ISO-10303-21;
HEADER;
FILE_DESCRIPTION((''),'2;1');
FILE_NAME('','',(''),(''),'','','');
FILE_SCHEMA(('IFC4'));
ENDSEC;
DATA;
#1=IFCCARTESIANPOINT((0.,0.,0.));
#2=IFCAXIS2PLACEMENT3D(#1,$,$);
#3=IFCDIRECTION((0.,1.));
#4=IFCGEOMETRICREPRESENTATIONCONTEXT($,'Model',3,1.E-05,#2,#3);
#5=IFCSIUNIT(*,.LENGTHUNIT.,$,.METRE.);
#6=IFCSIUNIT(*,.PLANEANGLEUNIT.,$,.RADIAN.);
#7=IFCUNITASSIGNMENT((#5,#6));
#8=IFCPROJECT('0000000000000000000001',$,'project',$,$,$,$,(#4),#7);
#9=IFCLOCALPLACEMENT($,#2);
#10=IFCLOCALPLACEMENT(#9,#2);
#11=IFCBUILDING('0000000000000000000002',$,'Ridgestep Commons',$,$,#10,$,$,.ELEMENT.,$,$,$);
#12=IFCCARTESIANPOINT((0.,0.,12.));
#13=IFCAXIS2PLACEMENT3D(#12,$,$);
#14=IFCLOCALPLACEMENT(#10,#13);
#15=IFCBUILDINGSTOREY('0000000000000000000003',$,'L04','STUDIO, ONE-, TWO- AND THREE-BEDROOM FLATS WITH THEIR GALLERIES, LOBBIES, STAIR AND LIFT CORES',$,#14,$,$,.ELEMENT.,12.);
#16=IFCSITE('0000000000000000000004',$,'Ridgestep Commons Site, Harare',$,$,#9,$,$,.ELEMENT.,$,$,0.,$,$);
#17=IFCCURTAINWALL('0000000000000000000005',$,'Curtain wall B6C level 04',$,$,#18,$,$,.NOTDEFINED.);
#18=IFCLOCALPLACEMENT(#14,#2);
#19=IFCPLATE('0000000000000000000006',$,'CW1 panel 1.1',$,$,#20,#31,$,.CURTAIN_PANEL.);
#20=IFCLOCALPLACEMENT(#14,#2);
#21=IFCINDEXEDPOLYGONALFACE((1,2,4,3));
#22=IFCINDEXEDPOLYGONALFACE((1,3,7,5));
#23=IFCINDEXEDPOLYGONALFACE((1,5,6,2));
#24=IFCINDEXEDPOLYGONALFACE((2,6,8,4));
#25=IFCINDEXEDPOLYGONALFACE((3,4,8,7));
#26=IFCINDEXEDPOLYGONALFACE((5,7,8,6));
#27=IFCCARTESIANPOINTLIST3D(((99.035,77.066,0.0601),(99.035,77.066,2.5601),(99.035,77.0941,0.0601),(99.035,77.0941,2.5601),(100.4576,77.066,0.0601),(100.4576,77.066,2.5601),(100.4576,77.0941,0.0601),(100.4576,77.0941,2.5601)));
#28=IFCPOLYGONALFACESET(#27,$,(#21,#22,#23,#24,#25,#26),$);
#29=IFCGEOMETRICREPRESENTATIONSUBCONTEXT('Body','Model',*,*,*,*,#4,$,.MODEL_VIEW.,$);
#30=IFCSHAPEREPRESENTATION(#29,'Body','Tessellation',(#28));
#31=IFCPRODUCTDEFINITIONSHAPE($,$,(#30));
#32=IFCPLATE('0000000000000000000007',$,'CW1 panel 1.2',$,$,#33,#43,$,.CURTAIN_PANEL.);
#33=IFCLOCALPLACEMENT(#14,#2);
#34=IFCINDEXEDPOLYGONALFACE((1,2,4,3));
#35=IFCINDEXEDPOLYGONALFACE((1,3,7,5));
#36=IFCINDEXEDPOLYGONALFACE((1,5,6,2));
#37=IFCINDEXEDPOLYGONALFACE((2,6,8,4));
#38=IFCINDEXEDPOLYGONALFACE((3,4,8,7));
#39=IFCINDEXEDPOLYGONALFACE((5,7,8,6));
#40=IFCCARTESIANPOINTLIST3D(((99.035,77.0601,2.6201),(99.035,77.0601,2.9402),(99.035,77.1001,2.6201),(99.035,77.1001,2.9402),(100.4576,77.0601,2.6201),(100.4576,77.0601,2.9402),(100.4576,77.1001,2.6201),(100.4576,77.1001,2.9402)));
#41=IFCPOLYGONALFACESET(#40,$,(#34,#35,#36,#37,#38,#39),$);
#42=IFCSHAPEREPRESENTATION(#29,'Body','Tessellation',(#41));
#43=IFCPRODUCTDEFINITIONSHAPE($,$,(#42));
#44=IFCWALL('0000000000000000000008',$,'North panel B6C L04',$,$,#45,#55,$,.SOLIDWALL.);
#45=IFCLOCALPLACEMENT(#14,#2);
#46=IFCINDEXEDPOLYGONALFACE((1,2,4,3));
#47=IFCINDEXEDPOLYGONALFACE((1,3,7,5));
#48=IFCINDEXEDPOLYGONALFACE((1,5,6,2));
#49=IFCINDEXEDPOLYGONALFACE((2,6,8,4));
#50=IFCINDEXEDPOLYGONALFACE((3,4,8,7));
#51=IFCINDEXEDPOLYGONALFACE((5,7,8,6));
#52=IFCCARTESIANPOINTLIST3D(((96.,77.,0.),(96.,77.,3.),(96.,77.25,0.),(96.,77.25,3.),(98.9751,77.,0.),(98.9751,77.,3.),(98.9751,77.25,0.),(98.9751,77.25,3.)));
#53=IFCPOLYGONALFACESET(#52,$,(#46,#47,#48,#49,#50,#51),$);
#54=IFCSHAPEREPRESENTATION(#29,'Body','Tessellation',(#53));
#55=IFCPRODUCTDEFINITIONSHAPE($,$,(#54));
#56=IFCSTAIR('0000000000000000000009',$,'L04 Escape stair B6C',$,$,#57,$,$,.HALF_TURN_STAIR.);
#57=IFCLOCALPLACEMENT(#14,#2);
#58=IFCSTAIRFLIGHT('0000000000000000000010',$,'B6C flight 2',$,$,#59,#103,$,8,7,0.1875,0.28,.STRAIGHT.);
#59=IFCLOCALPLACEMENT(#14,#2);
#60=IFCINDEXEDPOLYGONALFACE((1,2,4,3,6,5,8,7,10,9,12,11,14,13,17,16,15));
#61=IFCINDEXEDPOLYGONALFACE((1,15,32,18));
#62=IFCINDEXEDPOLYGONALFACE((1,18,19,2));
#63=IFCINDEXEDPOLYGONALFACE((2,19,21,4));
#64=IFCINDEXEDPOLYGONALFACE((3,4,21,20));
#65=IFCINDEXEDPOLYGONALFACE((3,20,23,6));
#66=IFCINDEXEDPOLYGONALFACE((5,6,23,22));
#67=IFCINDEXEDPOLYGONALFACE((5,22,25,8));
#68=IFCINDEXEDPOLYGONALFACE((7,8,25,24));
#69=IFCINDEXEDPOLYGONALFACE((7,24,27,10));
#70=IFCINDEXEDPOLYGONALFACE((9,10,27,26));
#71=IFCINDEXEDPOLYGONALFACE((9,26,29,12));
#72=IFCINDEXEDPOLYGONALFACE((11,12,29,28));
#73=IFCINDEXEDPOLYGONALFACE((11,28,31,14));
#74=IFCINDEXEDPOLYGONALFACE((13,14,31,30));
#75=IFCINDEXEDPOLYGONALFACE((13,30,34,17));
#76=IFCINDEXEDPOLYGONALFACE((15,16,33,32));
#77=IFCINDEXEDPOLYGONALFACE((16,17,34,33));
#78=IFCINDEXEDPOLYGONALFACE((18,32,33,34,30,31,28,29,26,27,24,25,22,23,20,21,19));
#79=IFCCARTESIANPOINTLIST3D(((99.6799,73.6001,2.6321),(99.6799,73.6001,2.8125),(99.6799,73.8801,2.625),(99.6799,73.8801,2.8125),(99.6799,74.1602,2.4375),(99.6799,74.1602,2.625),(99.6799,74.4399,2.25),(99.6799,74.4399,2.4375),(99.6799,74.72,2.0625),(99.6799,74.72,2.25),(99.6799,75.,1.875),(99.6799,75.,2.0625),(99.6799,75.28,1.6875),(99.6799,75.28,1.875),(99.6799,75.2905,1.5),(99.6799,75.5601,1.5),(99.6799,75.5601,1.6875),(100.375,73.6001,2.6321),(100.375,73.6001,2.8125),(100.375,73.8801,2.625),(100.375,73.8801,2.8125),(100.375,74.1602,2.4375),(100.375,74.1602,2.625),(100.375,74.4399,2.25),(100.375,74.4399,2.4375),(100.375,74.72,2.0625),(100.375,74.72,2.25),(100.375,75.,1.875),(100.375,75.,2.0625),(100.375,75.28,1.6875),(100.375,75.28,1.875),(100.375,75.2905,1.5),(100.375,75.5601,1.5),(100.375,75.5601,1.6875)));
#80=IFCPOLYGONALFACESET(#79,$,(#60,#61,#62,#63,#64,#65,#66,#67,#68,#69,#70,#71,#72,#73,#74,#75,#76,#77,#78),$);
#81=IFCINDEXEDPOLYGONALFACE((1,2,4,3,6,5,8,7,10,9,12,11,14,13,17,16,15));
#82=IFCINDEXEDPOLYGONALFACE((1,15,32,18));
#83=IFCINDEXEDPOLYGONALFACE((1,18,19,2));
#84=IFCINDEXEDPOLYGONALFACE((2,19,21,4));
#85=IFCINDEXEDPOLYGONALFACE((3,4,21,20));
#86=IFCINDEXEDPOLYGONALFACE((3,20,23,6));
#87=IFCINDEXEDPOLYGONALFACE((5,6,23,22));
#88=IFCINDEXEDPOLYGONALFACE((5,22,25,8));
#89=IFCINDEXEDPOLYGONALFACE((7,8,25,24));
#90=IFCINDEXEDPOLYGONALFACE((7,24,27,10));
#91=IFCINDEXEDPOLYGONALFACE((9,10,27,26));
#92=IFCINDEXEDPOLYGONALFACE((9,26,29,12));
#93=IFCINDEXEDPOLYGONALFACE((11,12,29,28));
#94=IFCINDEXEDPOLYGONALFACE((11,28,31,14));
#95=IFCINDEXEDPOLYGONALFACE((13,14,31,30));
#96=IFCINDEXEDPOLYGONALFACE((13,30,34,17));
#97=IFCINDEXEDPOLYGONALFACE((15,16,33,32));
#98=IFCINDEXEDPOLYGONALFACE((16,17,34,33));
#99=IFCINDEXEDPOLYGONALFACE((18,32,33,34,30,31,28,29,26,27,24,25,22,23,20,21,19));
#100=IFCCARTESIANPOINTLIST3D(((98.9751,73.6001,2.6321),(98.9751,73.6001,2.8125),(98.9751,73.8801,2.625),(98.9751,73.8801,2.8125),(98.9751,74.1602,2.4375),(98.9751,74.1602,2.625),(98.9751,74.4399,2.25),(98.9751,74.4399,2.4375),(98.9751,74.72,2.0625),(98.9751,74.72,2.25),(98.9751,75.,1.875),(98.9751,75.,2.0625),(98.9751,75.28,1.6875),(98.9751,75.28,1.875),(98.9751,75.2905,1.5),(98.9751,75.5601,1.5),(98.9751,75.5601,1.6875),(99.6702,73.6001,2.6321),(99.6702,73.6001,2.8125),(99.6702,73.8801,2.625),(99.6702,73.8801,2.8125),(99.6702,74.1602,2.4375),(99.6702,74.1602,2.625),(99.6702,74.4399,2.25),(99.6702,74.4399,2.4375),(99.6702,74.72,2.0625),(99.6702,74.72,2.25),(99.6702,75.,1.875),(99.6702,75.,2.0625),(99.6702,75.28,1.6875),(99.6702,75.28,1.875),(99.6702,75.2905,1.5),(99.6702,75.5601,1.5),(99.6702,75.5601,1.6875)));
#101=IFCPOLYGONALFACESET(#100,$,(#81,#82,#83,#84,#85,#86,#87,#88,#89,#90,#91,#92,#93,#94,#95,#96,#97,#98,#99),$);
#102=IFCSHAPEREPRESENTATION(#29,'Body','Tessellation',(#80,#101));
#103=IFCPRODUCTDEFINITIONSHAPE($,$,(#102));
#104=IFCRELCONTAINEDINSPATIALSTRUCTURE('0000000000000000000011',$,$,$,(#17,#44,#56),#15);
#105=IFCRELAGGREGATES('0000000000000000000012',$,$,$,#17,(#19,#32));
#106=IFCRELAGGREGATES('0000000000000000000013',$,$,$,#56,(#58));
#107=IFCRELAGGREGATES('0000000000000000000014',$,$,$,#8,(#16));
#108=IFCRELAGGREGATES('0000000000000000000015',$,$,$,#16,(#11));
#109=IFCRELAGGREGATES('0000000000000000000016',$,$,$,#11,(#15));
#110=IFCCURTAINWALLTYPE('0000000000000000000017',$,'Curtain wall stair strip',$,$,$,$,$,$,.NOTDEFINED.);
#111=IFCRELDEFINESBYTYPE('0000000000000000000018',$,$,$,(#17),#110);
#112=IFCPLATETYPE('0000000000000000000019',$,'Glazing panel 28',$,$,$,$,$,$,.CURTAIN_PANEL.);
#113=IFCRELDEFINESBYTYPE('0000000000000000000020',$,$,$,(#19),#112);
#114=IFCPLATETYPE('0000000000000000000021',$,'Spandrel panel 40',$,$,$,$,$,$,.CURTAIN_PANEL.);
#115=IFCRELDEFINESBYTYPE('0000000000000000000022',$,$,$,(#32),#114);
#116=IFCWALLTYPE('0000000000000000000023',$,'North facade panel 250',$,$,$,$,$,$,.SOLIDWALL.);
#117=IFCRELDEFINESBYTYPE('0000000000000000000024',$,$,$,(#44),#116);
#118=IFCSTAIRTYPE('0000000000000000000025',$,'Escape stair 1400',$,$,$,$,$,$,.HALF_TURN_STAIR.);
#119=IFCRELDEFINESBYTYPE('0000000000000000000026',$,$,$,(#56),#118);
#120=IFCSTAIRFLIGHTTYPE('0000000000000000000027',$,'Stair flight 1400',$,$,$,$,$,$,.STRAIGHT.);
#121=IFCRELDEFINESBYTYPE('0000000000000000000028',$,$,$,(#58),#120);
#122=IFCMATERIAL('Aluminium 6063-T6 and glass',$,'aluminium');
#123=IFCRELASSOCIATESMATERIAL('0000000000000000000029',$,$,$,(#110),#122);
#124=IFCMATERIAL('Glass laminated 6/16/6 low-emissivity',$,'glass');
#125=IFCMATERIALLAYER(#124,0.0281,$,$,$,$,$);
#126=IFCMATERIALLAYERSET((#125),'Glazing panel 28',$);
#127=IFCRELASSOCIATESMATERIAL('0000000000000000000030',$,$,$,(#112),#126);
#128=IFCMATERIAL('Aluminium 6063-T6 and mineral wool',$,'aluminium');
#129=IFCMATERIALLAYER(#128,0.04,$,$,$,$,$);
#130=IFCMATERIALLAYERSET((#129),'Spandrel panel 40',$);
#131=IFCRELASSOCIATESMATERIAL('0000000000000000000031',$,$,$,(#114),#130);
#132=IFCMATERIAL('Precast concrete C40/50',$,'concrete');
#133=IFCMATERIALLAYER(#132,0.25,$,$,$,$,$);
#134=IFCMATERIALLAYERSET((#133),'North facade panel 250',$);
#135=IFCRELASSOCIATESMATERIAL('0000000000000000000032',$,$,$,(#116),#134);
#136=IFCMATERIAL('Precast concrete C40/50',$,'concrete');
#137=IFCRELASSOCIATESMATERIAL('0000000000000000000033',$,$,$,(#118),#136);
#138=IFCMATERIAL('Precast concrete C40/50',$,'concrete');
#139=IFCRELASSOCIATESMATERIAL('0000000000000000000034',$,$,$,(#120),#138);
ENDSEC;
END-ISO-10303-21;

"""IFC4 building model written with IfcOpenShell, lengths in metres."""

from ifc_helpers import new_model, si_unit, direction, frame, frame_2d, origin, origin_2d, place, context, subcontext, project, spatial, polyline, rectangle, outline, extrude, material, layer, layer_set, type_object, element, aggregate, save


model = new_model("IFC4")

# Units and contexts
model_context = context("Model", 3, precision=1e-05, world=origin(), true_north=direction((0.0, 1.0)))
body_context = subcontext(model_context, "Body", "Model", "MODEL_VIEW")
ifc_project = project(units=[si_unit("LENGTHUNIT", "METRE"), si_unit("PLANEANGLEUNIT", "RADIAN")], contexts=[model_context])

# Site, building, storey
site_placement = place(None, origin())
site = spatial("IfcSite", under=ifc_project, at=site_placement, Name="Ridgestep Commons Site, Harare", CompositionType="ELEMENT", RefElevation=0.0)
building_placement = place(site_placement, origin())
building = spatial("IfcBuilding", under=site, at=building_placement, Name="Ridgestep Commons", CompositionType="ELEMENT")
storey_placement = place(building_placement, frame((0.0, 0.0, 12.0)))
storey = spatial("IfcBuildingStorey", under=building, at=storey_placement, Name="L04", Description="STUDIO, ONE-, TWO- AND THREE-BEDROOM FLATS WITH THEIR GALLERIES, LOBBIES, STAIR AND LIFT CORES", CompositionType="ELEMENT", Elevation=12.0)

# Curtain wall
ifc_material_1 = material(Name="Aluminium 6063-T6 and glass", Category="aluminium")
curtain_wall_type = type_object("IfcCurtainWallType", Name="Curtain wall stair strip", PredefinedType="NOTDEFINED", material=ifc_material_1)
curtain_wall_placement = place(storey_placement, origin())
curtain_wall = element("IfcCurtainWall", 1, at=curtain_wall_placement, inside=storey, type_object=curtain_wall_type, Name="Curtain wall B6C level 04", PredefinedType="NOTDEFINED")

# Plates
ifc_material_2 = material(Name="Glass laminated 6/16/6 low-emissivity", Category="glass")
ifc_layer_1 = layer(ifc_material_2, 0.0281)
ifc_layer_set_1 = layer_set([ifc_layer_1], Name="Glazing panel 28")
plate_type_1 = type_object("IfcPlateType", Name="Glazing panel 28", PredefinedType="CURTAIN_PANEL", material=ifc_layer_set_1)
plate_1_placement = place(storey_placement, frame((99.7463, 77.0801, 0.0601), z_axis=(0.0, 0.0, 1.0), x_axis=(1.0, 0.0, 0.0)))
plate_1 = element("IfcPlate", 2, at=plate_1_placement, type_object=plate_type_1, Name="CW1 panel 1.1", PredefinedType="CURTAIN_PANEL", context=body_context, shape_type="SweptSolid", body=[
    extrude(rectangle(XDim=1.4226, YDim=0.0281, at=origin_2d()), origin(), (0.0, 0.0, 1.0), 2.5),
])
ifc_material_3 = material(Name="Aluminium 6063-T6 and mineral wool", Category="aluminium")
ifc_layer_2 = layer(ifc_material_3, 0.04)
ifc_layer_set_2 = layer_set([ifc_layer_2], Name="Spandrel panel 40")
plate_type_2 = type_object("IfcPlateType", Name="Spandrel panel 40", PredefinedType="CURTAIN_PANEL", material=ifc_layer_set_2)
plate_2_placement = place(storey_placement, frame((99.7463, 77.0801, 2.6201), z_axis=(0.0, 0.0, 1.0), x_axis=(1.0, 0.0, 0.0)))
plate_2 = element("IfcPlate", 3, at=plate_2_placement, type_object=plate_type_2, Name="CW1 panel 1.2", PredefinedType="CURTAIN_PANEL", context=body_context, shape_type="SweptSolid", body=[
    extrude(rectangle(XDim=1.4226, YDim=0.04, at=origin_2d()), origin(), (0.0, 0.0, 1.0), 0.3201),
])
aggregate(curtain_wall, [plate_1, plate_2])

# Wall
ifc_material_4 = material(Name="Precast concrete C40/50", Category="concrete")
ifc_layer_3 = layer(ifc_material_4, 0.25)
ifc_layer_set_3 = layer_set([ifc_layer_3], Name="North facade panel 250")
wall_type = type_object("IfcWallType", Name="North facade panel 250", PredefinedType="SOLIDWALL", material=ifc_layer_set_3)
wall_placement = place(storey_placement, frame((96.0, 77.125, 0.0), z_axis=(0.0, 0.0, 1.0), x_axis=(1.0, 0.0, 0.0)))
element("IfcWall", 4, at=wall_placement, inside=storey, type_object=wall_type, Name="North panel B6C L04", PredefinedType="SOLIDWALL", context=body_context, shape_type="SweptSolid", body=[
    extrude(rectangle(XDim=2.9751, YDim=0.25, at=frame_2d((1.4875, 0.0))), origin(), (0.0, 0.0, 1.0), 3.0),
])

# Stair, stair flight
ifc_material_5 = material(Name="Precast concrete C40/50", Category="concrete")
stair_type = type_object("IfcStairType", Name="Escape stair 1400", PredefinedType="HALF_TURN_STAIR", material=ifc_material_5)
stair_placement = place(storey_placement, origin())
stair = element("IfcStair", 5, at=stair_placement, inside=storey, type_object=stair_type, Name="L04 Escape stair B6C", PredefinedType="HALF_TURN_STAIR")
ifc_material_6 = material(Name="Precast concrete C40/50", Category="concrete")
stair_flight_type = type_object("IfcStairFlightType", Name="Stair flight 1400", PredefinedType="STRAIGHT", material=ifc_material_6)
stair_flight_placement = place(storey_placement, frame((99.675, 75.5601, 1.5), z_axis=(0.0, 0.0, 1.0), x_axis=(0.0, -1.0, 0.0)))
stair_flight = element("IfcStairFlight", 6, at=stair_flight_placement, type_object=stair_flight_type, Name="B6C flight 2", NumberOfRisers=8, NumberOfTreads=7, PredefinedType="STRAIGHT", RiserHeight=0.1875, TreadLength=0.28, context=body_context, shape_type="SweptSolid", body=[
    extrude(outline(polyline([(0.0, 0.0), (0.0, 0.1875), (0.28, 0.1875), (0.28, 0.375), (0.5601, 0.375), (0.5601, 0.5625), (0.8401, 0.5625), (0.8401, 0.75), (1.1201, 0.75), (1.1201, 0.9375), (1.3999, 0.9375), (1.3999, 1.125), (1.6799, 1.125), (1.6799, 1.3125), (1.96, 1.3125), (1.96, 1.5), (1.96, 1.1321), (0.2695, 0.0), (0.0, 0.0)])), frame((0.0, 0.7, 0.0), z_axis=(0.0, -1.0, 0.0), x_axis=(1.0, 0.0, 0.0)), (0.0, 0.0, 1.0), 0.6951),
    extrude(outline(polyline([(0.0, 0.0), (0.0, 0.1875), (0.28, 0.1875), (0.28, 0.375), (0.5601, 0.375), (0.5601, 0.5625), (0.8401, 0.5625), (0.8401, 0.75), (1.1201, 0.75), (1.1201, 0.9375), (1.3999, 0.9375), (1.3999, 1.125), (1.6799, 1.125), (1.6799, 1.3125), (1.96, 1.3125), (1.96, 1.5), (1.96, 1.1321), (0.2695, 0.0), (0.0, 0.0)])), frame((0.0, -0.0049, 0.0), z_axis=(0.0, -1.0, 0.0), x_axis=(1.0, 0.0, 0.0)), (0.0, 0.0, 1.0), 0.6951),
])
aggregate(stair, [stair_flight])

save(model, "model.ifc")
